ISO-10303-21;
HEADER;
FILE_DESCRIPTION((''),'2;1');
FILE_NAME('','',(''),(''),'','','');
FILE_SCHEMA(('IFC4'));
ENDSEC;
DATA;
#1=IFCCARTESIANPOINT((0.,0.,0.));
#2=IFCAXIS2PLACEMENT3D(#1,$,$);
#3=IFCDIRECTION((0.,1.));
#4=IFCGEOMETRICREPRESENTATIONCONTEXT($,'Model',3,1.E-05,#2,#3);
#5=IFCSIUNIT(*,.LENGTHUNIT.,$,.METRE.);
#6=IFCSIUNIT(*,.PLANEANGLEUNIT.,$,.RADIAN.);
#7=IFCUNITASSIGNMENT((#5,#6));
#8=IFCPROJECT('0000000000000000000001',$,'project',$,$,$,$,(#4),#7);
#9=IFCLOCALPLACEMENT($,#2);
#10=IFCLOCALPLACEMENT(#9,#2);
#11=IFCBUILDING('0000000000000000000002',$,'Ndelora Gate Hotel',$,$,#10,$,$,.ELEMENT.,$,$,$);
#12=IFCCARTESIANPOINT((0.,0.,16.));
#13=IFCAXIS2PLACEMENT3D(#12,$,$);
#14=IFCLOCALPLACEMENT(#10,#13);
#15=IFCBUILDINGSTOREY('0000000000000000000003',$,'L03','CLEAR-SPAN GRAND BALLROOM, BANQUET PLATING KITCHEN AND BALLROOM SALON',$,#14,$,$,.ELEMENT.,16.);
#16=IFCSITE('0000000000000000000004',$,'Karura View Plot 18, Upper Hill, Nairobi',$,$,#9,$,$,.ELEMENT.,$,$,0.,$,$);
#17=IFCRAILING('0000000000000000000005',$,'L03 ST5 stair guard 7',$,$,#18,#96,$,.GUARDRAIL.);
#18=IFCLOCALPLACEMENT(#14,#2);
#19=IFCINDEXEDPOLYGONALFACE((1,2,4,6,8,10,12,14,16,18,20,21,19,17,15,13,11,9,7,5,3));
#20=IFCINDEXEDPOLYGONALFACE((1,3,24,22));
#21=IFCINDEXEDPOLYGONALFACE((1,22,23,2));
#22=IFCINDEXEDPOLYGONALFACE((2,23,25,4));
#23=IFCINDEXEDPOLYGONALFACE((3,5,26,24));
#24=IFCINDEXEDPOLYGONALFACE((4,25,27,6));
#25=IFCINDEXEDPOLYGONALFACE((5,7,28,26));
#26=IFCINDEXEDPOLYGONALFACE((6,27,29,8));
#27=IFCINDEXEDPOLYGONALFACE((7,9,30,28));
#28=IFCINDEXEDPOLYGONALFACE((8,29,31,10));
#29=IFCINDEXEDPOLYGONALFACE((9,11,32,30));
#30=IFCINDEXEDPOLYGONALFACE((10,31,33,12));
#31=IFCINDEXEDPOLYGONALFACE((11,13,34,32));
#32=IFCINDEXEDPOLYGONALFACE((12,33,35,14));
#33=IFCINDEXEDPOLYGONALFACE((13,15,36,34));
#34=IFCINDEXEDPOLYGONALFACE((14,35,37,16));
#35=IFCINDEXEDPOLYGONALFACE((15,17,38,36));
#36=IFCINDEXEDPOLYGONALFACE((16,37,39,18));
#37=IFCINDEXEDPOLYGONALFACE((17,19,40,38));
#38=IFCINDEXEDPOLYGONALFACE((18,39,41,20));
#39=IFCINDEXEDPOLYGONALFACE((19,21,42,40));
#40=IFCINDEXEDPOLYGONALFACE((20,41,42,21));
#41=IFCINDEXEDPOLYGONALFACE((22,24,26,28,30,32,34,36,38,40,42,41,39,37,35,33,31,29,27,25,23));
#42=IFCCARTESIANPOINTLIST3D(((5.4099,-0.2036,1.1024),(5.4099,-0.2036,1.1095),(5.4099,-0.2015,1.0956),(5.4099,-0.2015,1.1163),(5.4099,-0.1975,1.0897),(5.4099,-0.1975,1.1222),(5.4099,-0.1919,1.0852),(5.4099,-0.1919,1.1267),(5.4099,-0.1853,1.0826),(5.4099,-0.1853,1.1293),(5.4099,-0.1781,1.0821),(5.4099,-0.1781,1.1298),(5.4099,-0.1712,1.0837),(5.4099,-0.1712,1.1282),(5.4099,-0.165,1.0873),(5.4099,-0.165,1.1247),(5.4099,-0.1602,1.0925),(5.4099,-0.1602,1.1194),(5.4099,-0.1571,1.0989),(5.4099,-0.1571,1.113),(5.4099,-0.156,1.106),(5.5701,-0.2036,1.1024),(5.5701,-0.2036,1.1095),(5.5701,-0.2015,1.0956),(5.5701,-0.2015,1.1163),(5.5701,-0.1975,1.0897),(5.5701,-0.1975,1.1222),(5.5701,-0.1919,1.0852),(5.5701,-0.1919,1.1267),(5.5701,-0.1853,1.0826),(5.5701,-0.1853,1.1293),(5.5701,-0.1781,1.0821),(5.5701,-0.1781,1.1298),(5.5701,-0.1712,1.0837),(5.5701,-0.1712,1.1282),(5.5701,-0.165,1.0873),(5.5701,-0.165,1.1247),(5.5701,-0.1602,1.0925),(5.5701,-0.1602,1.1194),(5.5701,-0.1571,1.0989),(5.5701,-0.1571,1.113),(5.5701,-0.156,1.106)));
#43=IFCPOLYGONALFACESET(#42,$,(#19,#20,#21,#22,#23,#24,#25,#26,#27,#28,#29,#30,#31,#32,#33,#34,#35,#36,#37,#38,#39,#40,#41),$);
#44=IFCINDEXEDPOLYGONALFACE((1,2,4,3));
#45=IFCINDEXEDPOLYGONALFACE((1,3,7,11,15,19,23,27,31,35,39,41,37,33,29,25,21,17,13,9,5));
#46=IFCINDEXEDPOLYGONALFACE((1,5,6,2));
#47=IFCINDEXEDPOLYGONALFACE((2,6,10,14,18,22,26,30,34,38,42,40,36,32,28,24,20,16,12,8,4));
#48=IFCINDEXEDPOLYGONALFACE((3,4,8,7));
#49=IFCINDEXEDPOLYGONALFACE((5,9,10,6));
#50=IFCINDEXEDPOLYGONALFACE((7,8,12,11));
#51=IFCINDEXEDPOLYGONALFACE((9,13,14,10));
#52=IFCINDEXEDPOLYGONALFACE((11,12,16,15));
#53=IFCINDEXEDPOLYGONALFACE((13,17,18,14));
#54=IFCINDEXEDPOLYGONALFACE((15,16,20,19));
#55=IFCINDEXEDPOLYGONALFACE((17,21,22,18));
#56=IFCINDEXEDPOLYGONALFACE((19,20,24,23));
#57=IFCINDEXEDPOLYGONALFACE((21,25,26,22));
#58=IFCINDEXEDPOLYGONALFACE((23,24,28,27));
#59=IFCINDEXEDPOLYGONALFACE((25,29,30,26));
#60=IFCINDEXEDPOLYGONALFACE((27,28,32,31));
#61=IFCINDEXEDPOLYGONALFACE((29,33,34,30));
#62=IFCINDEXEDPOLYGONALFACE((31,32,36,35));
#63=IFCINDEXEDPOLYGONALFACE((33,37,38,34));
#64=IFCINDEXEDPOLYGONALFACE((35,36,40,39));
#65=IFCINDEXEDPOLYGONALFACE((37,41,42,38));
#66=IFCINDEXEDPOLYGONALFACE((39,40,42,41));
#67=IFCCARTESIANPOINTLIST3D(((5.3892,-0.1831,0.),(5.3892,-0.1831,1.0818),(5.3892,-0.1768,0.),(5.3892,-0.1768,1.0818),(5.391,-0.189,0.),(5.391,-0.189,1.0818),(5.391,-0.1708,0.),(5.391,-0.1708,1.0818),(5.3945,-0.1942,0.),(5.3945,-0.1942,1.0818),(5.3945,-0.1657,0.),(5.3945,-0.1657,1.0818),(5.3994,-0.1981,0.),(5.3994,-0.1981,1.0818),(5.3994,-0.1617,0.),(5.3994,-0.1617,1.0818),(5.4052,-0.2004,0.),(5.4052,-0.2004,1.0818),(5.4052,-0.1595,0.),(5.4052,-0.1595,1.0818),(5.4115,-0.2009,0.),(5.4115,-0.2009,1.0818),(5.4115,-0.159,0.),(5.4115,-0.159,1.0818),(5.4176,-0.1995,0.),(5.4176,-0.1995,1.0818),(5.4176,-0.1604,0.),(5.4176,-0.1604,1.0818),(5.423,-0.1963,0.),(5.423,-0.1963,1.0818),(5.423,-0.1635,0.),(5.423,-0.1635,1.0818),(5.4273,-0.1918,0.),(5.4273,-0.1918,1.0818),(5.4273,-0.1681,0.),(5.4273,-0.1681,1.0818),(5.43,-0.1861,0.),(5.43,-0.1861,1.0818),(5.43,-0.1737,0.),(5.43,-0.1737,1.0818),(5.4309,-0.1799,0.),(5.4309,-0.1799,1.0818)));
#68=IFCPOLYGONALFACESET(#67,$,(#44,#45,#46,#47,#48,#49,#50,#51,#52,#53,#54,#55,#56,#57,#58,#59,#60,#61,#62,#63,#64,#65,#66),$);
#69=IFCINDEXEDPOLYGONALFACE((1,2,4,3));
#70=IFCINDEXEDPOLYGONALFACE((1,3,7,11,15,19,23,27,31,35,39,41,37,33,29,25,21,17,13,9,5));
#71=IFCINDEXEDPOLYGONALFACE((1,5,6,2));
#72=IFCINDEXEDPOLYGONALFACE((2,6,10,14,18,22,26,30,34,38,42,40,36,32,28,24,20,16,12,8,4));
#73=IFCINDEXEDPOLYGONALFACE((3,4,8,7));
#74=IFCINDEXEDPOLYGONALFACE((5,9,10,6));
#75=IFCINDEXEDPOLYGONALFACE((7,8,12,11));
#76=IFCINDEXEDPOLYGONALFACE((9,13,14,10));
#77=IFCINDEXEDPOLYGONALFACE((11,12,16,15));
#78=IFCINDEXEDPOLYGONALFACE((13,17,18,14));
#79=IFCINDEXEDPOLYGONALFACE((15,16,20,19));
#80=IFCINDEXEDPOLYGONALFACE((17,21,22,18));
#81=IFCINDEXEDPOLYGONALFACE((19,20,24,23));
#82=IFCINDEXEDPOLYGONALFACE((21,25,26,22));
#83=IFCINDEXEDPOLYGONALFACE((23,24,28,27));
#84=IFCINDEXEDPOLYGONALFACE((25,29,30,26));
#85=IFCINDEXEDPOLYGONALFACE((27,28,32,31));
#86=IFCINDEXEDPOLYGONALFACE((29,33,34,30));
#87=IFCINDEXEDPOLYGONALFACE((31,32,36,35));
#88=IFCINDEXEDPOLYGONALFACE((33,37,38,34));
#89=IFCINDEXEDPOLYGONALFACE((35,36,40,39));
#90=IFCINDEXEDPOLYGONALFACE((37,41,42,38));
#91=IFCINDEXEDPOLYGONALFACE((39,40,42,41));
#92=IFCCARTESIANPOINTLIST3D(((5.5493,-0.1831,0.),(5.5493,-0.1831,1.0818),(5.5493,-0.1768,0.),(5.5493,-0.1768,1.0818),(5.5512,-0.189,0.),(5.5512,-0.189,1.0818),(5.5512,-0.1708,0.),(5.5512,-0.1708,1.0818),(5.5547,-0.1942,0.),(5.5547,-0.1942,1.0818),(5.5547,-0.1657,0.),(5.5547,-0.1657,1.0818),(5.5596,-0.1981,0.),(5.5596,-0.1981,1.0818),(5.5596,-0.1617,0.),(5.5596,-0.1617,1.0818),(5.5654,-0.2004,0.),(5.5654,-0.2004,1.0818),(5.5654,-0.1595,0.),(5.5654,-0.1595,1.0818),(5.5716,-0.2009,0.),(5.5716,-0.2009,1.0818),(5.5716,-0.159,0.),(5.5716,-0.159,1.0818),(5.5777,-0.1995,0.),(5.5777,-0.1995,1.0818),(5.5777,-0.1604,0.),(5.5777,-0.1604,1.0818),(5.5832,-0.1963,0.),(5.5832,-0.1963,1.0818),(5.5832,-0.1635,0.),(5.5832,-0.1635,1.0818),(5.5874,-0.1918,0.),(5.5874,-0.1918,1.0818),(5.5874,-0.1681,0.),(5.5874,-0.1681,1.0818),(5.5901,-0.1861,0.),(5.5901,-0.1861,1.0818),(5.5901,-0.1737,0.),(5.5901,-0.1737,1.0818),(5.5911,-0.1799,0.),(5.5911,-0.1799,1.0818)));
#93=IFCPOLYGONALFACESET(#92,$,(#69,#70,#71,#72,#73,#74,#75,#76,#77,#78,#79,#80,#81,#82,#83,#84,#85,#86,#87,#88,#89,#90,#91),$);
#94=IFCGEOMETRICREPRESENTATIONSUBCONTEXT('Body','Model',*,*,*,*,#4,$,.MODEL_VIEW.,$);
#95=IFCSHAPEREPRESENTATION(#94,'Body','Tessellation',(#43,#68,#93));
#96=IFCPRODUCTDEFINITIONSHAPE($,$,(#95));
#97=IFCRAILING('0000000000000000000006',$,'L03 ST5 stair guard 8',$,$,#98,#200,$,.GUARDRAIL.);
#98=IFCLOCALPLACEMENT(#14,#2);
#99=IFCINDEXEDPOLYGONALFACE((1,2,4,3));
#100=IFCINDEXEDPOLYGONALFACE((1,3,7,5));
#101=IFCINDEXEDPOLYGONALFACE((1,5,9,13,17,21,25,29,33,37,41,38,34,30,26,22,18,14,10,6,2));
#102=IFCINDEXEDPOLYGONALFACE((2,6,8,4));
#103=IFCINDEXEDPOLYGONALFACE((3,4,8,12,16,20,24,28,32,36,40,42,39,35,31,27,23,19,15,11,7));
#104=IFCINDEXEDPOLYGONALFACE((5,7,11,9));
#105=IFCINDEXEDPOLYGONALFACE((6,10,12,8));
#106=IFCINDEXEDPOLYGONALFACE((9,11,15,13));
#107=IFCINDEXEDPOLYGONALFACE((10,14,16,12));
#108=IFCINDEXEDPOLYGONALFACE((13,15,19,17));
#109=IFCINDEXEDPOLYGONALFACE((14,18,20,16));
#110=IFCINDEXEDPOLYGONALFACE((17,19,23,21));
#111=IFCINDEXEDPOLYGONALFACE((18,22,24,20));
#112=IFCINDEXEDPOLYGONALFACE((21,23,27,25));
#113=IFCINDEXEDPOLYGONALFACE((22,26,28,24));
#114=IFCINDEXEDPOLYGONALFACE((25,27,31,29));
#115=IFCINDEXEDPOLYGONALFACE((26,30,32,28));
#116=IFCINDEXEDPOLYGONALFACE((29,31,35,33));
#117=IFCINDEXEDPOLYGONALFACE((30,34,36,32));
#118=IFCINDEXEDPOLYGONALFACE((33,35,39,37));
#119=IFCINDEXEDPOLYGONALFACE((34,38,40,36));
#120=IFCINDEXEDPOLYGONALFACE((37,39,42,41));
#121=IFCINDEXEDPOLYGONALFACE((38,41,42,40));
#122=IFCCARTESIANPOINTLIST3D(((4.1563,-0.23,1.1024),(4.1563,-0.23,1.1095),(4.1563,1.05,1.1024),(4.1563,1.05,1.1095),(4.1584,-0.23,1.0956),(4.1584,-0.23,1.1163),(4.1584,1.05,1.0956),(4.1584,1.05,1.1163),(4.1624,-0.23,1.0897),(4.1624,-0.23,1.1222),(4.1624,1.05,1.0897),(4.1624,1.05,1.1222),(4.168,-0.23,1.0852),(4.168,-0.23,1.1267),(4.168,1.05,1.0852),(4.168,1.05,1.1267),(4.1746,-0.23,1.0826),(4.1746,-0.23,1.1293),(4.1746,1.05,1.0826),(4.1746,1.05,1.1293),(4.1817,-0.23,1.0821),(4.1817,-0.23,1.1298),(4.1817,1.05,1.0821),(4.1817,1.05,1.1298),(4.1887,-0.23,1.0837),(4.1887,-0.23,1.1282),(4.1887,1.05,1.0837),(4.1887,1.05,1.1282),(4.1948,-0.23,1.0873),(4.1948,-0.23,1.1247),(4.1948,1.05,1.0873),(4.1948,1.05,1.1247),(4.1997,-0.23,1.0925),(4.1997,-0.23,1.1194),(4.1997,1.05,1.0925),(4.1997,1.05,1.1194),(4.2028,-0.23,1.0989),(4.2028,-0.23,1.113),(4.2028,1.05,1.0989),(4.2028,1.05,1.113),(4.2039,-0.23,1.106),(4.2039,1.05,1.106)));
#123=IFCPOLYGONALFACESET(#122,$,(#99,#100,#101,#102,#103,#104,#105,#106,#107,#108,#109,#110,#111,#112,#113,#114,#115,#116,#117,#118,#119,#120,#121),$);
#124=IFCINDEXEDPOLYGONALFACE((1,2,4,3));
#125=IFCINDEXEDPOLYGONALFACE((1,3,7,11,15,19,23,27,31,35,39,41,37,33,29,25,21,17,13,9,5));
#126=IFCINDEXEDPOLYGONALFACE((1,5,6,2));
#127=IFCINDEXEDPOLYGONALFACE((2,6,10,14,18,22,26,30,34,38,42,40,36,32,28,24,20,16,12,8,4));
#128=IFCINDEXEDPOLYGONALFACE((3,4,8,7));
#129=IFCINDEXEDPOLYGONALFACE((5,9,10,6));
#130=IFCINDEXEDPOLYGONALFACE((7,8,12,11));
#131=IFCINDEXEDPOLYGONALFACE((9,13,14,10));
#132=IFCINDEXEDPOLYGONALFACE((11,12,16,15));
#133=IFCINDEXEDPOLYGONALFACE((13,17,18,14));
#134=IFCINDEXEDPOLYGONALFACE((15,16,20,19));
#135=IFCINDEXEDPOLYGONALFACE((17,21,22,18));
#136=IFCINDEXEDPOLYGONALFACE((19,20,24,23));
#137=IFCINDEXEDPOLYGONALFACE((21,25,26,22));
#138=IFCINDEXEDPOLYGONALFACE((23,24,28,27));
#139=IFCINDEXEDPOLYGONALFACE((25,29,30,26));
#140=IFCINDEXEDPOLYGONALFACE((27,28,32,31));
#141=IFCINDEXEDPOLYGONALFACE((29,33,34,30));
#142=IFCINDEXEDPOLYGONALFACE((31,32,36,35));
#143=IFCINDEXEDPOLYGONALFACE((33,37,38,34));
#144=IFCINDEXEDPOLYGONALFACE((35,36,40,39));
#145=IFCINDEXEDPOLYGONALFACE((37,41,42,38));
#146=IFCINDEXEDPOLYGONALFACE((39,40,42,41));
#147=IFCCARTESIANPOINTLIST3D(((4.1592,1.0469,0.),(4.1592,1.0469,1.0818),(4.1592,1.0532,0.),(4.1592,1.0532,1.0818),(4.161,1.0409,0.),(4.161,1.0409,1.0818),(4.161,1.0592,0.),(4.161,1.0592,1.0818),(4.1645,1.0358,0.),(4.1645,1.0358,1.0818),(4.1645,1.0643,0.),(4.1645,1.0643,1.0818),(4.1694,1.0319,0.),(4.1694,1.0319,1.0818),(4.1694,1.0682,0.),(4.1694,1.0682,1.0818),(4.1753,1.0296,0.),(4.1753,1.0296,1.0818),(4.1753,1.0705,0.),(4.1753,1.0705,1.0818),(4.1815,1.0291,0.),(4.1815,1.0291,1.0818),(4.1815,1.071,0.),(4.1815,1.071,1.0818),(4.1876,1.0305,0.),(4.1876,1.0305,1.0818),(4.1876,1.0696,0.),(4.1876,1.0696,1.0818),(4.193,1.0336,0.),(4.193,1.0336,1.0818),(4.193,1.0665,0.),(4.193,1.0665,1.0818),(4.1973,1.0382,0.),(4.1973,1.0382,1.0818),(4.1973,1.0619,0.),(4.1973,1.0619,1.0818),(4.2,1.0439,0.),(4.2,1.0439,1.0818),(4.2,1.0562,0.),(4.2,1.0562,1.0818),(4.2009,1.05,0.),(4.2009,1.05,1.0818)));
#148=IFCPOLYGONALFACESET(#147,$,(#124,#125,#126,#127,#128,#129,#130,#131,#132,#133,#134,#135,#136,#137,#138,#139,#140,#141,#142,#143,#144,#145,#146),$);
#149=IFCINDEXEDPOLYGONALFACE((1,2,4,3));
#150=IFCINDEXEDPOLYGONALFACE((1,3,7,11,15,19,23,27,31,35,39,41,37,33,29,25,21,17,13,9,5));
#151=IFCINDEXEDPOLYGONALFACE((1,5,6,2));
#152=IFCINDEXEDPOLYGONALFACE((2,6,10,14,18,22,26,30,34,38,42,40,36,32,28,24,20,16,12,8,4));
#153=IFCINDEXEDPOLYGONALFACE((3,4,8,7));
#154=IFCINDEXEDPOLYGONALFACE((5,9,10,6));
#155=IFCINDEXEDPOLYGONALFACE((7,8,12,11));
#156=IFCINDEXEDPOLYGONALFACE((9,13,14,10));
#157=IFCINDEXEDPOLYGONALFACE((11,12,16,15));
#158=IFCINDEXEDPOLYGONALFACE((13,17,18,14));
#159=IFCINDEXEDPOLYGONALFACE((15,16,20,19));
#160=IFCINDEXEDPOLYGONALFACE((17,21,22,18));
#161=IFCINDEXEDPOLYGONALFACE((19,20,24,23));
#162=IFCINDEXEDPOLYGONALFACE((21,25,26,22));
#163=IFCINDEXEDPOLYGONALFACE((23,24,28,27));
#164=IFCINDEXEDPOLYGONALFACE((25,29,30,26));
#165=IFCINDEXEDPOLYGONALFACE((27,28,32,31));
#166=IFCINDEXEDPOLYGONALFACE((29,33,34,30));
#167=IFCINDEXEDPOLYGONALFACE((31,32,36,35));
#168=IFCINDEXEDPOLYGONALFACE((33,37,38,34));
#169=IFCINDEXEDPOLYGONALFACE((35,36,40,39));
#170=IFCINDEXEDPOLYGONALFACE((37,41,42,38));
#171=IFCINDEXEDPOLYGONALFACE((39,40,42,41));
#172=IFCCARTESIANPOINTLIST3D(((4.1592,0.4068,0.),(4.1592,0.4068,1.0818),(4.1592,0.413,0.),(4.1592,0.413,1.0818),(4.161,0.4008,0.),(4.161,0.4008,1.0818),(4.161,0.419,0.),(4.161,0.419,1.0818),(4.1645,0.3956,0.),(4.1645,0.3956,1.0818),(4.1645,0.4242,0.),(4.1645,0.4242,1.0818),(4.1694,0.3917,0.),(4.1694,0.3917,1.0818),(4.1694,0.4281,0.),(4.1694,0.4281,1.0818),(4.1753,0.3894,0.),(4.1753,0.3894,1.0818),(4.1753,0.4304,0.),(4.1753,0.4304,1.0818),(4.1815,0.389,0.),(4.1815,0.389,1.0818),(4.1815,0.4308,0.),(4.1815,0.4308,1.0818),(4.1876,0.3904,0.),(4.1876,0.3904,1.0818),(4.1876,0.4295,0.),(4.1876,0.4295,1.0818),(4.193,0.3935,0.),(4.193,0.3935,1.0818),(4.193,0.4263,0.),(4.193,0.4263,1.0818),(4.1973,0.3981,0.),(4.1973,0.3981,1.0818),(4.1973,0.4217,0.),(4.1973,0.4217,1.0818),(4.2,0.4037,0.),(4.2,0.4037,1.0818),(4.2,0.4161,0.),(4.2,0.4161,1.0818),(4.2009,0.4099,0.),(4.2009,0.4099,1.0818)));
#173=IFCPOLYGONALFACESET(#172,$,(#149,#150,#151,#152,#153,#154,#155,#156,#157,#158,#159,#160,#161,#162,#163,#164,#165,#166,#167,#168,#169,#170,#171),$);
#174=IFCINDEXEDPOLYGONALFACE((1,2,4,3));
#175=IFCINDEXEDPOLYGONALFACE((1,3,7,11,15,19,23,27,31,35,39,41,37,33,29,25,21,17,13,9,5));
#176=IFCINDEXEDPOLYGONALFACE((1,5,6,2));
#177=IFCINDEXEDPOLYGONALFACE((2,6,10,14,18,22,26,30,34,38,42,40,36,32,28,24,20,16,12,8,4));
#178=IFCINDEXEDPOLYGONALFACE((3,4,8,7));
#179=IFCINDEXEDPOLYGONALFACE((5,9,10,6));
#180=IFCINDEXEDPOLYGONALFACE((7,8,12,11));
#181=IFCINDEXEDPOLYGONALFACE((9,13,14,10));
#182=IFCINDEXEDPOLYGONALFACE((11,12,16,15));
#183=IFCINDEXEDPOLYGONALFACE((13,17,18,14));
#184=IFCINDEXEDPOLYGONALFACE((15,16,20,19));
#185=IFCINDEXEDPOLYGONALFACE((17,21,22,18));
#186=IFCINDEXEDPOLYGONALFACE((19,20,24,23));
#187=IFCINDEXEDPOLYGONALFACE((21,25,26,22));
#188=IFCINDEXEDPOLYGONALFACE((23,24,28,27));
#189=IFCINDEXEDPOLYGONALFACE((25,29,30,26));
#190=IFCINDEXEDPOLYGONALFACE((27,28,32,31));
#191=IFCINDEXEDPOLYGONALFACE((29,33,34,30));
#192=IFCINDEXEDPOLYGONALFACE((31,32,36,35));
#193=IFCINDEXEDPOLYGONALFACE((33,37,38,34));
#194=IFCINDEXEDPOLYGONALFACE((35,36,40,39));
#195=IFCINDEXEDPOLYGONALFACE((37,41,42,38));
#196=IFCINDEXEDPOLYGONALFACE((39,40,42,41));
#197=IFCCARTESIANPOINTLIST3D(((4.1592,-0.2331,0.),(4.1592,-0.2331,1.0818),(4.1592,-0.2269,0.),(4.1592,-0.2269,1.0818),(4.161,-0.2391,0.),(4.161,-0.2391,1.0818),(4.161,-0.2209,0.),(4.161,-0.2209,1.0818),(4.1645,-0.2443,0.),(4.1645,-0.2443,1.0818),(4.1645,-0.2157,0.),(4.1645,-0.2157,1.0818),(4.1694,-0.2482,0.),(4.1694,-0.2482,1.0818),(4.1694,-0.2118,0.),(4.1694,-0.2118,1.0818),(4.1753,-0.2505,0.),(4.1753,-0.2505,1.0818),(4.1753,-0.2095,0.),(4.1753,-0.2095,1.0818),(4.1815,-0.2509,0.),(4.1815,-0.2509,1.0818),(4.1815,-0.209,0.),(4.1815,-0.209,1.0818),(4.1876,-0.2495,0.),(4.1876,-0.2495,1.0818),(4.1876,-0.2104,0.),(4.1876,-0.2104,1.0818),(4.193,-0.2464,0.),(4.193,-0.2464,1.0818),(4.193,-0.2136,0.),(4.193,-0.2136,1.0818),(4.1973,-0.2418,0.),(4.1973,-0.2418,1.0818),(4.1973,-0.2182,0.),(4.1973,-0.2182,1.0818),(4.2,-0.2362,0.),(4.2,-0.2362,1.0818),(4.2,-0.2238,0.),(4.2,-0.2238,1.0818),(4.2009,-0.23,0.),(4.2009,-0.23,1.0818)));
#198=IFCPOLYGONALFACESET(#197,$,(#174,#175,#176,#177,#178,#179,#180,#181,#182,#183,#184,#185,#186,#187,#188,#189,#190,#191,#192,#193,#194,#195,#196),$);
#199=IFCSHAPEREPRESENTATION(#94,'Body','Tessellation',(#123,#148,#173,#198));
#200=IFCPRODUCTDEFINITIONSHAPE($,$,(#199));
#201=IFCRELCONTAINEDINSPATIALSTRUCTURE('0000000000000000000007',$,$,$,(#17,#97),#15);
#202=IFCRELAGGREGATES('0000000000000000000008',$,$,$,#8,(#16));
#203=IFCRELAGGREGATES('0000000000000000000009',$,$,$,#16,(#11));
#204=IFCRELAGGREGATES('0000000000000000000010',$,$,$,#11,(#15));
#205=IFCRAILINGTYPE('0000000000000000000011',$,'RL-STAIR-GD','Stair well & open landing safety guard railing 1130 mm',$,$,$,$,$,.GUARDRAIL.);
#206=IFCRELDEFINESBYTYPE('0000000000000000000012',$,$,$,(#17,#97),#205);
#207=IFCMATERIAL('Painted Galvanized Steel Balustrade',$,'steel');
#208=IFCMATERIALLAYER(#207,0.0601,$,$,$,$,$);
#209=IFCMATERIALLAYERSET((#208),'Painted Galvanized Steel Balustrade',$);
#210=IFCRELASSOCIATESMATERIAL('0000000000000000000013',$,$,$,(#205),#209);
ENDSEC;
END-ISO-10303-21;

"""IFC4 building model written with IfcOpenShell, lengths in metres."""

from ifc_helpers import new_model, si_unit, direction, frame, origin, origin_2d, place, context, subcontext, project, spatial, circle, extrude, material, layer, layer_set, type_object, element, save


model = new_model("IFC4")

# Units and contexts
model_context = context("Model", 3, precision=1e-05, world=origin(), true_north=direction((0.0, 1.0)))
body_context = subcontext(model_context, "Body", "Model", "MODEL_VIEW")
ifc_project = project(units=[si_unit("LENGTHUNIT", "METRE"), si_unit("PLANEANGLEUNIT", "RADIAN")], contexts=[model_context])

# Site, building, storey
site_placement = place(None, origin())
site = spatial("IfcSite", under=ifc_project, at=site_placement, Name="Karura View Plot 18, Upper Hill, Nairobi", CompositionType="ELEMENT", RefElevation=0.0)
building_placement = place(site_placement, origin())
building = spatial("IfcBuilding", under=site, at=building_placement, Name="Ndelora Gate Hotel", CompositionType="ELEMENT")
storey_placement = place(building_placement, frame((0.0, 0.0, 16.0)))
storey = spatial("IfcBuildingStorey", under=building, at=storey_placement, Name="L03", Description="CLEAR-SPAN GRAND BALLROOM, BANQUET PLATING KITCHEN AND BALLROOM SALON", CompositionType="ELEMENT", Elevation=16.0)

# Railings
ifc_material_1 = material(Name="Painted Galvanized Steel Balustrade", Category="steel")
ifc_layer_1 = layer(ifc_material_1, 0.0601)
ifc_layer_set_1 = layer_set([ifc_layer_1], Name="Painted Galvanized Steel Balustrade")
railing_type_1 = type_object("IfcRailingType", Name="RL-STAIR-GD", Description="Stair well & open landing safety guard railing 1130 mm", PredefinedType="GUARDRAIL", material=ifc_layer_set_1)
railing_1_placement = place(storey_placement, frame((5.4099, -0.1799, 0.0)))
element("IfcRailing", 1, at=railing_1_placement, inside=storey, type_object=railing_type_1, Name="L03 ST5 stair guard 7", PredefinedType="GUARDRAIL", context=body_context, shape_type="SweptSolid", body=[
    extrude(circle(Radius=0.0239, at=origin_2d()), frame((0.0, 0.0, 1.106), z_axis=(1.0, 0.0, 0.0), x_axis=(0.0, 1.0, 0.0)), (0.0, 0.0, 1.0), 0.1602),
    extrude(circle(Radius=0.021, at=origin_2d()), origin(), (0.0, 0.0, 1.0), 1.0818),
    extrude(circle(Radius=0.021, at=origin_2d()), frame((0.1602, 0.0, 0.0)), (0.0, 0.0, 1.0), 1.0818),
])
for number, where, name in (
    (2, (4.1799, 1.05, 0.0), "L03 ST5 stair guard 8"),
):
    element("IfcRailing", number, at=place(storey_placement, frame(where)), inside=storey, type_object=railing_type_1, Name=name, PredefinedType="GUARDRAIL", context=body_context, shape_type="SweptSolid", body=[
        extrude(circle(Radius=0.0239, at=origin_2d()), frame((0.0, 0.0, 1.106), z_axis=(0.0, -1.0, 0.0), x_axis=(1.0, 0.0, 0.0)), (0.0, 0.0, 1.0), 1.28),
        extrude(circle(Radius=0.021, at=origin_2d()), origin(), (0.0, 0.0, 1.0), 1.0818),
        extrude(circle(Radius=0.021, at=origin_2d()), frame((0.0, -0.6401, 0.0)), (0.0, 0.0, 1.0), 1.0818),
        extrude(circle(Radius=0.021, at=origin_2d()), frame((0.0, -1.28, 0.0)), (0.0, 0.0, 1.0), 1.0818),
    ])

save(model, "model.ifc")
